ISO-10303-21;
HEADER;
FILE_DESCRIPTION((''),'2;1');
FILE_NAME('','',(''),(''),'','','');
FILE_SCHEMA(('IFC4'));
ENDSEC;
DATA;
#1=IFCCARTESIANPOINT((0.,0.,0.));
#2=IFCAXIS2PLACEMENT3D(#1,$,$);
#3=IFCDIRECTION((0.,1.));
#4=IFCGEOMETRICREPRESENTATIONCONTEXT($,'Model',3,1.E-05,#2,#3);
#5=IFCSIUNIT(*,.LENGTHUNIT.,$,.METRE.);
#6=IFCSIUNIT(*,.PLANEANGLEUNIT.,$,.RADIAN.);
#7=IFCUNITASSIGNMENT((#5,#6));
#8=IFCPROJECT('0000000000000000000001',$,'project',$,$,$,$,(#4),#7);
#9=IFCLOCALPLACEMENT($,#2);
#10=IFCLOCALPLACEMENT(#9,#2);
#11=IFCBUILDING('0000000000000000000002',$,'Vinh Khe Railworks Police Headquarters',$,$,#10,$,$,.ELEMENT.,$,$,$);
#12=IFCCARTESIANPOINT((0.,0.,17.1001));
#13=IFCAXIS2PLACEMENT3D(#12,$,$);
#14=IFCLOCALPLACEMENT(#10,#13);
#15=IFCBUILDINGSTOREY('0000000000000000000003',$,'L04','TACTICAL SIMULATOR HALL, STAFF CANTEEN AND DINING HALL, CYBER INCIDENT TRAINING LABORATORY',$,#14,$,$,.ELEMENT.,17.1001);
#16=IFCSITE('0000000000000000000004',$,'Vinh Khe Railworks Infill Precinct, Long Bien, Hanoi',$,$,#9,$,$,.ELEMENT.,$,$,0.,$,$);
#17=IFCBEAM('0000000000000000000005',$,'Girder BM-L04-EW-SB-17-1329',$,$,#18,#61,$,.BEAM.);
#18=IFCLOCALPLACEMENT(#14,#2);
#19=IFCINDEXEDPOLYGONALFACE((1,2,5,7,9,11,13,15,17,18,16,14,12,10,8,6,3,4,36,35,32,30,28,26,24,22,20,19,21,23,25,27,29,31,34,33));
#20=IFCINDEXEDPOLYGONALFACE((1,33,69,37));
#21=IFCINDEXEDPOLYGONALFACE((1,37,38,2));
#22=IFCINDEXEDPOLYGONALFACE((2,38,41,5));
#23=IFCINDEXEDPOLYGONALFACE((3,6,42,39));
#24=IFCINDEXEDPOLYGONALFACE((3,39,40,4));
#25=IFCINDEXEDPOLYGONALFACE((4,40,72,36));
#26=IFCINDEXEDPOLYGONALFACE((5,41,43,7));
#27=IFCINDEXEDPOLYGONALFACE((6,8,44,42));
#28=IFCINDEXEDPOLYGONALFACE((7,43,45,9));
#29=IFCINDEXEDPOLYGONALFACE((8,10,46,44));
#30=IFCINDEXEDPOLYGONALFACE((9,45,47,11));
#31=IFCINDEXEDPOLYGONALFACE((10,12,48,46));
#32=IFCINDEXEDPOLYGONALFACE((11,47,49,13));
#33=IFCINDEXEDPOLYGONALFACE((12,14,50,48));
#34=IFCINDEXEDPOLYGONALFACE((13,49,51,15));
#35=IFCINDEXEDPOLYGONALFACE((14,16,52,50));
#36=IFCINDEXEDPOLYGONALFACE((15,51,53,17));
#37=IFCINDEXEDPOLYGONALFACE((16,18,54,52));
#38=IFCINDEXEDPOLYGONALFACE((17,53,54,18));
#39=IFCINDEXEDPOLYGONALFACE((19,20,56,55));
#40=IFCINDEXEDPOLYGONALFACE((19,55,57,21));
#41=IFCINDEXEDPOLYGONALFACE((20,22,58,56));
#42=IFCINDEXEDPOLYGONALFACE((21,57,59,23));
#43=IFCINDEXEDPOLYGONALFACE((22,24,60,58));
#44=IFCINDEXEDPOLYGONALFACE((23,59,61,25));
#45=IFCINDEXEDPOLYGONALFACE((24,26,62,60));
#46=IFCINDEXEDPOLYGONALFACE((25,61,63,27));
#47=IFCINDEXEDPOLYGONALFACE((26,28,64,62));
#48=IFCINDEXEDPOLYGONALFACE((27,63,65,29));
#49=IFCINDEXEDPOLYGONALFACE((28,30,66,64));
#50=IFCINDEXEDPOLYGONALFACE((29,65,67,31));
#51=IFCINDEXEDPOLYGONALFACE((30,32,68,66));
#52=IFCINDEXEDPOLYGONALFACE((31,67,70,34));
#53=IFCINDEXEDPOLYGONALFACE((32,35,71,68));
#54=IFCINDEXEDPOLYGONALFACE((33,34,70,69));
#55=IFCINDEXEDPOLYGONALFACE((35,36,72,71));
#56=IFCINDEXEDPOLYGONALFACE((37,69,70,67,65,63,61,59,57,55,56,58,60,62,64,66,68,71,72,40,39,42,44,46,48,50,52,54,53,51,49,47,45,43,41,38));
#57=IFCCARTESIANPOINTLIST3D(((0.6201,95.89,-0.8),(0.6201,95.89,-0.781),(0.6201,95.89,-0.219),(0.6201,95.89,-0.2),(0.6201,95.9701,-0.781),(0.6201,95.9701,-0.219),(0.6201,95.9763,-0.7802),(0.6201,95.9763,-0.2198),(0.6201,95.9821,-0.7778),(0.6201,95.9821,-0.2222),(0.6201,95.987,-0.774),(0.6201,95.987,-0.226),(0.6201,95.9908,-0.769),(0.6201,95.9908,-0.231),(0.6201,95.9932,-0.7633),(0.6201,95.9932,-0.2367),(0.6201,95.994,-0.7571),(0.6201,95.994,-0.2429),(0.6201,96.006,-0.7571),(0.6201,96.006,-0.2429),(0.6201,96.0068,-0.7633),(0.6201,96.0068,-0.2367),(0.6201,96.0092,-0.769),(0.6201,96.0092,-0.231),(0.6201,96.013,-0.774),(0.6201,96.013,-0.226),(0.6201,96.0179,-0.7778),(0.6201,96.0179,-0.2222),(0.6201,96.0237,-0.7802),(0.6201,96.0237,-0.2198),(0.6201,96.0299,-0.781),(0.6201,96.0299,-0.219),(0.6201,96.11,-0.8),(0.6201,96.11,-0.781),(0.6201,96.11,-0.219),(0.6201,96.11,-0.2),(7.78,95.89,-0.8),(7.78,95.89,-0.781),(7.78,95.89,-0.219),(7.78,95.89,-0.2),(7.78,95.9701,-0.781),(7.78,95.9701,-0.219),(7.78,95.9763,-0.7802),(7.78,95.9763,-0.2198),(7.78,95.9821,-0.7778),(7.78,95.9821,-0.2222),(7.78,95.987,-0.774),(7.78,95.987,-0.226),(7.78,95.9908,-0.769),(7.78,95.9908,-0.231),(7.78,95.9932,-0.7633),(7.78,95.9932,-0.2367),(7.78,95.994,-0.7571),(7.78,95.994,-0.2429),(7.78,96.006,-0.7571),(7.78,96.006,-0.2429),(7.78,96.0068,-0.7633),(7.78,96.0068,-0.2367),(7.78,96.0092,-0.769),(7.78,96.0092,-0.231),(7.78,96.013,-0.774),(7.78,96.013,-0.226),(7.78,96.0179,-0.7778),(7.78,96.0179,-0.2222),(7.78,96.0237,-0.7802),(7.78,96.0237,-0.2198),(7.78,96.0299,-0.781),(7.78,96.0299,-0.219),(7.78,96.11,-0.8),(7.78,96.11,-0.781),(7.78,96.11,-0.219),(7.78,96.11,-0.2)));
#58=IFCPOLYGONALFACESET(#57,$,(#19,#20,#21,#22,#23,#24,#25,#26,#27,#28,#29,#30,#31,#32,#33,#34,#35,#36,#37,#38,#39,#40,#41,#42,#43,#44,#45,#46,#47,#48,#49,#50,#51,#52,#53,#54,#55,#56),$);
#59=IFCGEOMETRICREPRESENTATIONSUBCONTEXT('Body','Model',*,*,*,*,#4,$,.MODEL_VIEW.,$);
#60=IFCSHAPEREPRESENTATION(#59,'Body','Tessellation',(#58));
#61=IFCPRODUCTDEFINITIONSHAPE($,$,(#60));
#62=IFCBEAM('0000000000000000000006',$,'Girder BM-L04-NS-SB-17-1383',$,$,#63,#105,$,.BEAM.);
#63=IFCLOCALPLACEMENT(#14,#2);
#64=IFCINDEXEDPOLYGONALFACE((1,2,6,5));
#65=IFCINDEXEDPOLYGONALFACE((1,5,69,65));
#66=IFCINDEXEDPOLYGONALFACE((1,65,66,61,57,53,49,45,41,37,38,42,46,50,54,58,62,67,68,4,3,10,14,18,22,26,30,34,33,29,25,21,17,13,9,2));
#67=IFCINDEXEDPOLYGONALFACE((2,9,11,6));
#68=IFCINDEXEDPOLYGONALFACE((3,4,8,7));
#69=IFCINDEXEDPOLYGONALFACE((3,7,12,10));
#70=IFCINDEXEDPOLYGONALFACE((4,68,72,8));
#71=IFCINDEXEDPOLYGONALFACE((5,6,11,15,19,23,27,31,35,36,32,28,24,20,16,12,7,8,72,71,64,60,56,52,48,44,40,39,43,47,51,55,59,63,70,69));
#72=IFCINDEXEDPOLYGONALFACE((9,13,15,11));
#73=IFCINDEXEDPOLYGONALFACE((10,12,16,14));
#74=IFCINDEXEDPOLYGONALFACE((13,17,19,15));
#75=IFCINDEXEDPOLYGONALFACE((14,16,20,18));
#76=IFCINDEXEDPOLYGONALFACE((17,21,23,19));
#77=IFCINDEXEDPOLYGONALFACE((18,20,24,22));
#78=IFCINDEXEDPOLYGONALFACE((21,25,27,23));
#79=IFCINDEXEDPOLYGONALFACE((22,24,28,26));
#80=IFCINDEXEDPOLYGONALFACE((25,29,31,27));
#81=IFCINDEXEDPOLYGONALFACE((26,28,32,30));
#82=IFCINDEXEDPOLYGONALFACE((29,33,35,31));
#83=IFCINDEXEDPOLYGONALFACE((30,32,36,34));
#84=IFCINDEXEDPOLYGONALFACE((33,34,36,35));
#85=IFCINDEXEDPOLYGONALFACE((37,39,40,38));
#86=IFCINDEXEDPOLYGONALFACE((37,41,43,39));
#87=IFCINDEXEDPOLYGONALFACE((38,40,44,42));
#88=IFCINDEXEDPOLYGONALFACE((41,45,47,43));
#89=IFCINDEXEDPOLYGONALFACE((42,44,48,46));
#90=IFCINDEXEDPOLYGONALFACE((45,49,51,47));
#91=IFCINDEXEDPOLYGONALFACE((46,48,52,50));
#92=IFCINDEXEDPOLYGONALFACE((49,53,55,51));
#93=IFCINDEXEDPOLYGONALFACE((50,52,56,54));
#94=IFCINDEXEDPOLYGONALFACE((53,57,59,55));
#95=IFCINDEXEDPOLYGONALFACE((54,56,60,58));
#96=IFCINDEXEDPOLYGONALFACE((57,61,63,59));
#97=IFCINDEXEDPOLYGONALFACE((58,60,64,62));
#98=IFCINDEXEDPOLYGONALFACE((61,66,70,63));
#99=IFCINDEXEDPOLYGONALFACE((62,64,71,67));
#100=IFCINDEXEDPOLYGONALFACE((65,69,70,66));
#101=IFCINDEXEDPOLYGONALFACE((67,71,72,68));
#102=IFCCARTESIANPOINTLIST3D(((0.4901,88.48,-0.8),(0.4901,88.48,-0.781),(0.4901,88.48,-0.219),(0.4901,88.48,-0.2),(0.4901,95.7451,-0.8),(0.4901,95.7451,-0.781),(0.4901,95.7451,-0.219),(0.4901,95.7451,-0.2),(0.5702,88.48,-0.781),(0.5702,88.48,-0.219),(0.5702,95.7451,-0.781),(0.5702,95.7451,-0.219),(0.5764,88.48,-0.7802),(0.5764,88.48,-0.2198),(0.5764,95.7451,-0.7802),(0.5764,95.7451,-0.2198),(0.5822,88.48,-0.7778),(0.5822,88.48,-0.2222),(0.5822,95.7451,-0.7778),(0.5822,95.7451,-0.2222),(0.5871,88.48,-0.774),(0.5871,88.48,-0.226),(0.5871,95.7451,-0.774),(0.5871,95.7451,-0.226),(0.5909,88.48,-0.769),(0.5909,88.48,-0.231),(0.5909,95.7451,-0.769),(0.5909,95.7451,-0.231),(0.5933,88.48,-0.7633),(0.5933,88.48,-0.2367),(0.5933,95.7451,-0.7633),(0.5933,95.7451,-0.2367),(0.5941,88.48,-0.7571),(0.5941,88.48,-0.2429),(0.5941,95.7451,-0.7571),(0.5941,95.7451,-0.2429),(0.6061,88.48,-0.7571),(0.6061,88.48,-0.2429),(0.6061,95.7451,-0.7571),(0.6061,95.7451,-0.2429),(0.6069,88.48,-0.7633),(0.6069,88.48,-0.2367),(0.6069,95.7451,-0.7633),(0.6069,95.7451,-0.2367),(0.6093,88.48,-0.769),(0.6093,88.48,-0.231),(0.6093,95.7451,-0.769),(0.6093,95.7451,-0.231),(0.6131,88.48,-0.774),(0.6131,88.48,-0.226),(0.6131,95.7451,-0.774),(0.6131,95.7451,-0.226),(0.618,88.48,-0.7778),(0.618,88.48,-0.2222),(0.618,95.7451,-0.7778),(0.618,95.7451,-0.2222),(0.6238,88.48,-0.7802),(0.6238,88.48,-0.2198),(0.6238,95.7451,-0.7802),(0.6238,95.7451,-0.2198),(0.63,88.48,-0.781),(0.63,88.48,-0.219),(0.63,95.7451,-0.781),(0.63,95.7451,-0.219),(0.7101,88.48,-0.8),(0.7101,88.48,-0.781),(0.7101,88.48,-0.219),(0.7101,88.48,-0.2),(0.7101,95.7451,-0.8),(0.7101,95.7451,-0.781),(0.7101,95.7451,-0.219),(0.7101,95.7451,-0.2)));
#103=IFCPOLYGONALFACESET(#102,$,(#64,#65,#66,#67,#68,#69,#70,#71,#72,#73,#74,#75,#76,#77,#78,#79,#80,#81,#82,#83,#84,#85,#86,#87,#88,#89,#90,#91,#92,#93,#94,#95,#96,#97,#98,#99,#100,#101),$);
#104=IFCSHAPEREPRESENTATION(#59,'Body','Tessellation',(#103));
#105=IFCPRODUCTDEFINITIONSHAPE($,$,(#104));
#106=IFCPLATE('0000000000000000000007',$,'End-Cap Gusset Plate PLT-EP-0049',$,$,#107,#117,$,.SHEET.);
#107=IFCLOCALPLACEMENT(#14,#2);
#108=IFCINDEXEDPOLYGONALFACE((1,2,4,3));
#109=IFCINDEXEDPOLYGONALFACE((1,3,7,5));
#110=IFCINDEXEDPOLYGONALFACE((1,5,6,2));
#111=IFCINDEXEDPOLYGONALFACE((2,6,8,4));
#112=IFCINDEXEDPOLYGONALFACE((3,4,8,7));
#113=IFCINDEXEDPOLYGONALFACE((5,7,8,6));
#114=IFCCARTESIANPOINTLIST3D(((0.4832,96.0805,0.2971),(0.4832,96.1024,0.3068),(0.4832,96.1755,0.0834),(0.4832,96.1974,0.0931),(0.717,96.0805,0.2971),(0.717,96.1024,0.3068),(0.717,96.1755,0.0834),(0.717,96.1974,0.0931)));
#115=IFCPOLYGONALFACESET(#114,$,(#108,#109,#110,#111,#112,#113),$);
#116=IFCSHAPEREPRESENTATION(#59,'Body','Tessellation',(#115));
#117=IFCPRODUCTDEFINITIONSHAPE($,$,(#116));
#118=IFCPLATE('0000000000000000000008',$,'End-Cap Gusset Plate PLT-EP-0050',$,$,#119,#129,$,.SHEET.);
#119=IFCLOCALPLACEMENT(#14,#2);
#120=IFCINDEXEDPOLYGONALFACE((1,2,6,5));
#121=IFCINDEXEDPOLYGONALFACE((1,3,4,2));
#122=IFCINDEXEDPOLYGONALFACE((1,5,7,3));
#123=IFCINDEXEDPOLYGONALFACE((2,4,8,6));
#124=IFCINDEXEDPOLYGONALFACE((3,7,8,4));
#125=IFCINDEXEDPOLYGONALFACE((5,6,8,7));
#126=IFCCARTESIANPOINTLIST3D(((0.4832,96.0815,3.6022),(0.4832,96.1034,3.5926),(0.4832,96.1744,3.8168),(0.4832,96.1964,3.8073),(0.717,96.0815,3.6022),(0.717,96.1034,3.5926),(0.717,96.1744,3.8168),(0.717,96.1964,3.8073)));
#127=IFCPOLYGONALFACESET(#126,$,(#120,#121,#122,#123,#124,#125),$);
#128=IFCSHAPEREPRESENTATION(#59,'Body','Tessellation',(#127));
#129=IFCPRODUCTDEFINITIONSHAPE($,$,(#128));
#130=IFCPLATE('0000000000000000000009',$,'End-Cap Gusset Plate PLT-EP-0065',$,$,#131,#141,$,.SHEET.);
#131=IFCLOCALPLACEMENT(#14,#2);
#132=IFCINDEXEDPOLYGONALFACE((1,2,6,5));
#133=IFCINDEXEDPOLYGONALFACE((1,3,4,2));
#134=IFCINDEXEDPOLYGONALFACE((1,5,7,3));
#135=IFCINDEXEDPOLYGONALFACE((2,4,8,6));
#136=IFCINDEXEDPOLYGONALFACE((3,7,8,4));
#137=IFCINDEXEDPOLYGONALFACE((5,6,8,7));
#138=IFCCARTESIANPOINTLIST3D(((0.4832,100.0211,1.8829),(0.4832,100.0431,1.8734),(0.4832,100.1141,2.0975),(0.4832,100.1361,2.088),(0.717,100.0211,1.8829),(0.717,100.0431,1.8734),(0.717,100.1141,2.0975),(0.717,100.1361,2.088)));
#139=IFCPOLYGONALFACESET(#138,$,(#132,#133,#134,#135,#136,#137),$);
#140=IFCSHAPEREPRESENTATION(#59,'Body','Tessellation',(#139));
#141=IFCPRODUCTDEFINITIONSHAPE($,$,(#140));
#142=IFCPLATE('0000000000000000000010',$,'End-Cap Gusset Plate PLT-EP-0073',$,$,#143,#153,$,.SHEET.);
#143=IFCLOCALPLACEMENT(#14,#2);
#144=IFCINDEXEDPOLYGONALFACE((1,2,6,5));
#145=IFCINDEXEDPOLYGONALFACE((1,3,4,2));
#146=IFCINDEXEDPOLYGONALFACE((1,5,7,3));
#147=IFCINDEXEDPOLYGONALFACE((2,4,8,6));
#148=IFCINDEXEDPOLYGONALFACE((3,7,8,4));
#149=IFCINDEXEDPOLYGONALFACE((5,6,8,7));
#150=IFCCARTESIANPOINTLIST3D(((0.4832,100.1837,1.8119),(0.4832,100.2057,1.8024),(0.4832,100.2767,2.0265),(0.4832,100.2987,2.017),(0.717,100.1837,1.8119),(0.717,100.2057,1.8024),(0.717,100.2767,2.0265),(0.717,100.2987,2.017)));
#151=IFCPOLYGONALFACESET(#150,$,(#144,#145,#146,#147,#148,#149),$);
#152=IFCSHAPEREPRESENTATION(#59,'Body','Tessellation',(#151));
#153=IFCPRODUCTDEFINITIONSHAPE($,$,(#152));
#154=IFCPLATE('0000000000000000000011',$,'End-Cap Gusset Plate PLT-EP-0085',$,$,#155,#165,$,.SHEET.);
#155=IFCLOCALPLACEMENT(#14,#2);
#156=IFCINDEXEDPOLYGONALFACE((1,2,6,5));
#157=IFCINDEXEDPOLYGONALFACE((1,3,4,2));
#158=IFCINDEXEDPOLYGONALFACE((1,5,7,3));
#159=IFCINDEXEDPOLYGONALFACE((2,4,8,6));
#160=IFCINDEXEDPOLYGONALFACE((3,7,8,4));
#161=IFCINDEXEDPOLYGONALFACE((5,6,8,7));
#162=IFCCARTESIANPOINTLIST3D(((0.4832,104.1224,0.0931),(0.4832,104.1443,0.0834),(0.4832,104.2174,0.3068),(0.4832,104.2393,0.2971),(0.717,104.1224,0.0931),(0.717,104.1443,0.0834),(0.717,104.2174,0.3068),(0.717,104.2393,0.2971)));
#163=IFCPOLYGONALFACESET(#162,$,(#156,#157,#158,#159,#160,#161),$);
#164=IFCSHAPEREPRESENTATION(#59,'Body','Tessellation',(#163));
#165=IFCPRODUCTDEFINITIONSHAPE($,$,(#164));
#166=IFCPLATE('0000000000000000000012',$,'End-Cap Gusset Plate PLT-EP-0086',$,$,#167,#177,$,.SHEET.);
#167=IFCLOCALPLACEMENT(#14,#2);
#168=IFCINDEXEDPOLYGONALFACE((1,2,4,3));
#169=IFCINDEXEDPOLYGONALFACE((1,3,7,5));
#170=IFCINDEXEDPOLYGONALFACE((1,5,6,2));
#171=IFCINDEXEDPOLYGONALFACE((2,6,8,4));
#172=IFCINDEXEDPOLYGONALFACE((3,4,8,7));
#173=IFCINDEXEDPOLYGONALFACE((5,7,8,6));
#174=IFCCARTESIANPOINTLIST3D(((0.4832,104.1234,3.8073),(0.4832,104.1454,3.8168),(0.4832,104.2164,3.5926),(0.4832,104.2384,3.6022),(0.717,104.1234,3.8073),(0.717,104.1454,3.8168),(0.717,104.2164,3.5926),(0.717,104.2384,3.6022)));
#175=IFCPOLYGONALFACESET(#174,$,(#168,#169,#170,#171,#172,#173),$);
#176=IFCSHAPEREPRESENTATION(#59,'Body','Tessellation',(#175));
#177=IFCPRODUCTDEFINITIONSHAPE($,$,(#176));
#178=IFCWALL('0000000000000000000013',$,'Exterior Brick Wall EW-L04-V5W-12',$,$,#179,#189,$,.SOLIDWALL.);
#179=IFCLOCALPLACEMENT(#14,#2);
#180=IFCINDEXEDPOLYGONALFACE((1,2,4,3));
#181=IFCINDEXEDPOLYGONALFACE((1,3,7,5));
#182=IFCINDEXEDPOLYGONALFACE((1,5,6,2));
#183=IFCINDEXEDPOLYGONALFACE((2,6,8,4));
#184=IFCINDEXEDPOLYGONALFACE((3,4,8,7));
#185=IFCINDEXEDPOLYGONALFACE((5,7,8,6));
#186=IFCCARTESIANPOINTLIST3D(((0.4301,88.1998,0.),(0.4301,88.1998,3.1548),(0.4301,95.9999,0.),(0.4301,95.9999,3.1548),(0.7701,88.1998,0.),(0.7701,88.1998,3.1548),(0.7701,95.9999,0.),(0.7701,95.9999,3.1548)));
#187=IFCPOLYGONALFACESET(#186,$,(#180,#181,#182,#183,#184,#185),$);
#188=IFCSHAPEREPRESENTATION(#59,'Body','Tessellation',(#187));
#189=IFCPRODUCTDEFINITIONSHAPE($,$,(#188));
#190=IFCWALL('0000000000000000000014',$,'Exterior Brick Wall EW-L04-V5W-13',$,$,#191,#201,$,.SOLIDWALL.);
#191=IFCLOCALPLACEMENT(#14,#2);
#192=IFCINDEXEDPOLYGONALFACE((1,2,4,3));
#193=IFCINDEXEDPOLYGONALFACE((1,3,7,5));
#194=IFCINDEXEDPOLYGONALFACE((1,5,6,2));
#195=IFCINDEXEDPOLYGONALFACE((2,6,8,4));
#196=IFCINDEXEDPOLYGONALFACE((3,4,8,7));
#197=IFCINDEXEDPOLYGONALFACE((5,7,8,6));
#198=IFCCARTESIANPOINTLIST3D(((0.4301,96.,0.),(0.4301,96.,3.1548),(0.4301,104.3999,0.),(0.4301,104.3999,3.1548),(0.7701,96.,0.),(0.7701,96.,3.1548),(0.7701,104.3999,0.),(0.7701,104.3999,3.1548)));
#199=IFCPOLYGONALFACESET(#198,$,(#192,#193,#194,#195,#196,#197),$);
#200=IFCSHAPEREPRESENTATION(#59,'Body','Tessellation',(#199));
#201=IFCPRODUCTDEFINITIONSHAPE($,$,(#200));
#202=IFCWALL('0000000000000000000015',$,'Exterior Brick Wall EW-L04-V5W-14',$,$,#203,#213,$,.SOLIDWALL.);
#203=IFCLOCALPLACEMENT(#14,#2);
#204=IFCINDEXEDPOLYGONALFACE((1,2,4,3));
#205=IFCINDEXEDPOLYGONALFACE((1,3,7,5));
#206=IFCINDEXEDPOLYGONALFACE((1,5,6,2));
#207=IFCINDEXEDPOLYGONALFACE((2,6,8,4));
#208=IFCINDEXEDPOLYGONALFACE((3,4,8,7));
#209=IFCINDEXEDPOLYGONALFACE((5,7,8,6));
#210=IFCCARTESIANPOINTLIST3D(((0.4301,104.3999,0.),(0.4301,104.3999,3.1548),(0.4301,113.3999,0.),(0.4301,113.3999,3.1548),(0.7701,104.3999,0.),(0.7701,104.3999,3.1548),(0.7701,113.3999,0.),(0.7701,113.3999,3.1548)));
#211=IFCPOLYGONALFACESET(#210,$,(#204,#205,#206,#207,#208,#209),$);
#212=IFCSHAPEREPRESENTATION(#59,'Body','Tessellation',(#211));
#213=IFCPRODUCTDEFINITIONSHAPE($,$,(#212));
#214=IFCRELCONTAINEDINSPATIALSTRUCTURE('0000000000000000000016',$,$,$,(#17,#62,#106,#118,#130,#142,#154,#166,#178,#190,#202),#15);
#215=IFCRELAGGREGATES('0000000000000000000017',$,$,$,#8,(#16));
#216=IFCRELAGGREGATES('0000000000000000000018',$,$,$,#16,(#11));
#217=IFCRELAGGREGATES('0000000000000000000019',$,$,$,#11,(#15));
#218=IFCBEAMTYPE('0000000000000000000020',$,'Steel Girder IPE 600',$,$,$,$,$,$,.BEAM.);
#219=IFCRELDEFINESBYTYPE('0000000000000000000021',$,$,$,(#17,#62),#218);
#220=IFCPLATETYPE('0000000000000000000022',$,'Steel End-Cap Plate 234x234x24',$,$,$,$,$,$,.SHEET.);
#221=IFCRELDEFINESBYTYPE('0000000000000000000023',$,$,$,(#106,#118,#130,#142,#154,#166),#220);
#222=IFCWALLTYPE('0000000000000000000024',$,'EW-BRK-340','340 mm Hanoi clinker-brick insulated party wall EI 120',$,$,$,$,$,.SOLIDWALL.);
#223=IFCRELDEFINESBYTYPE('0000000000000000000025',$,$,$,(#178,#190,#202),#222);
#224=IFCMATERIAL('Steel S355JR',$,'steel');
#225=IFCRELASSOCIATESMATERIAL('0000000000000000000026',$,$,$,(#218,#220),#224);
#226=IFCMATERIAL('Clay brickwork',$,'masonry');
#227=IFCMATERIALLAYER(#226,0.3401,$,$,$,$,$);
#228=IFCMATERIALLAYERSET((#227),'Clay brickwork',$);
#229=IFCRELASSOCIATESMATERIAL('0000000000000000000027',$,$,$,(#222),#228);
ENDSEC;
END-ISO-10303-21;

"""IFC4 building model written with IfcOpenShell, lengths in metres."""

from ifc_helpers import new_model, si_unit, direction, frame, frame_2d, origin, origin_2d, place, context, subcontext, project, spatial, rectangle, i_section, extrude, material, layer, layer_set, material_profile, profile_set, type_object, element, save


model = new_model("IFC4")

# Units and contexts
model_context = context("Model", 3, precision=1e-05, world=origin(), true_north=direction((0.0, 1.0)))
body_context = subcontext(model_context, "Body", "Model", "MODEL_VIEW")
ifc_project = project(units=[si_unit("LENGTHUNIT", "METRE"), si_unit("PLANEANGLEUNIT", "RADIAN")], contexts=[model_context])

# Site, building, storey
site_placement = place(None, origin())
site = spatial("IfcSite", under=ifc_project, at=site_placement, Name="Vinh Khe Railworks Infill Precinct, Long Bien, Hanoi", CompositionType="ELEMENT", RefElevation=0.0)
building_placement = place(site_placement, origin())
building = spatial("IfcBuilding", under=site, at=building_placement, Name="Vinh Khe Railworks Police Headquarters", CompositionType="ELEMENT")
storey_placement = place(building_placement, frame((0.0, 0.0, 17.1001)))
storey = spatial("IfcBuildingStorey", under=building, at=storey_placement, Name="L04", Description="TACTICAL SIMULATOR HALL, STAFF CANTEEN AND DINING HALL, CYBER INCIDENT TRAINING LABORATORY", CompositionType="ELEMENT", Elevation=17.1001)

# Shared definitions
ifc_material_1 = material(Name="Steel S355JR", Category="steel")

# Beams
ifc_material_profile_1 = material_profile(ifc_material_1, i_section(OverallWidth=0.22, OverallDepth=0.6001, WebThickness=0.012, FlangeThickness=0.019, FilletRadius=0.0239, at=origin_2d()), Name="IPE 600")
ifc_profile_set_1 = profile_set([ifc_material_profile_1], Name="Steel S355JR")
beam_type_1 = type_object("IfcBeamType", Name="Steel Girder IPE 600", PredefinedType="BEAM", material=ifc_profile_set_1)
beam_1_placement = place(storey_placement, frame((0.6201, 96.0, -0.5), z_axis=(1.0, 0.0, 0.0), x_axis=(0.0, 1.0, 0.0)))
element("IfcBeam", 1, at=beam_1_placement, inside=storey, type_object=beam_type_1, Name="Girder BM-L04-EW-SB-17-1329", PredefinedType="BEAM", context=body_context, shape_type="SweptSolid", body=[
    extrude(i_section(OverallWidth=0.22, OverallDepth=0.6001, WebThickness=0.012, FlangeThickness=0.019, FilletRadius=0.0239, at=origin_2d()), origin(), (0.0, 0.0, 1.0), 7.1599),
])
beam_2_placement = place(storey_placement, frame((0.6001, 88.48, -0.5), z_axis=(0.0, 1.0, 0.0), x_axis=(-1.0, 0.0, 0.0)))
element("IfcBeam", 2, at=beam_2_placement, inside=storey, type_object=beam_type_1, Name="Girder BM-L04-NS-SB-17-1383", PredefinedType="BEAM", context=body_context, shape_type="SweptSolid", body=[
    extrude(i_section(OverallWidth=0.22, OverallDepth=0.6001, WebThickness=0.012, FlangeThickness=0.019, FilletRadius=0.0239, at=origin_2d()), origin(), (0.0, 0.0, 1.0), 7.2651),
])

# Plates
ifc_material_profile_2 = material_profile(ifc_material_1, rectangle(XDim=0.2339, YDim=0.2339, at=origin_2d()), Name="PL 234x234")
ifc_profile_set_2 = profile_set([ifc_material_profile_2], Name="Steel S355JR")
plate_type = type_object("IfcPlateType", Name="Steel End-Cap Plate 234x234x24", PredefinedType="SHEET", material=ifc_profile_set_2)
for number, where, z_axis, x_axis, name in (
    (3, (0.6001, 96.1499, 0.2), (0.0, -0.913812, -0.406138), (1.0, 0.0, 0.0), "End-Cap Gusset Plate PLT-EP-0049"),
    (4, (0.6001, 96.1499, 3.7), (0.0, -0.917556, 0.397607), (1.0, 0.0, 0.0), "End-Cap Gusset Plate PLT-EP-0050"),
    (5, (0.6001, 100.0676, 1.9902), (0.0, 0.917556, -0.397607), (-1.0, 0.0, 0.0), "End-Cap Gusset Plate PLT-EP-0065"),
    (6, (0.6001, 100.2522, 1.9097), (0.0, -0.917556, 0.397607), (1.0, 0.0, 0.0), "End-Cap Gusset Plate PLT-EP-0073"),
    (7, (0.6001, 104.1699, 0.2), (0.0, 0.913812, -0.406138), (-1.0, 0.0, 0.0), "End-Cap Gusset Plate PLT-EP-0085"),
    (8, (0.6001, 104.1699, 3.7), (0.0, 0.917556, 0.397607), (-1.0, 0.0, 0.0), "End-Cap Gusset Plate PLT-EP-0086"),
):
    element("IfcPlate", number, at=place(storey_placement, frame(where, z_axis=z_axis, x_axis=x_axis)), inside=storey, type_object=plate_type, Name=name, PredefinedType="SHEET", context=body_context, shape_type="SweptSolid", body=[
        extrude(rectangle(XDim=0.2339, YDim=0.2339, at=origin_2d()), origin(), (0.0, 0.0, 1.0), 0.0239),
    ])

# Walls
ifc_material_2 = material(Name="Clay brickwork", Category="masonry")
ifc_layer_1 = layer(ifc_material_2, 0.3401)
ifc_layer_set_1 = layer_set([ifc_layer_1], Name="Clay brickwork")
wall_type_1 = type_object("IfcWallType", Name="EW-BRK-340", Description="340 mm Hanoi clinker-brick insulated party wall EI 120", PredefinedType="SOLIDWALL", material=ifc_layer_set_1)
wall_1_placement = place(storey_placement, frame((0.6001, 88.2, 0.0), z_axis=(0.0, 0.0, 1.0), x_axis=(0.0, 1.0, 0.0)))
element("IfcWall", 9, at=wall_1_placement, inside=storey, type_object=wall_type_1, Name="Exterior Brick Wall EW-L04-V5W-12", PredefinedType="SOLIDWALL", context=body_context, shape_type="SweptSolid", body=[
    extrude(rectangle(XDim=7.8, YDim=0.3401, at=frame_2d((3.8999, 0.0))), origin(), (0.0, 0.0, 1.0), 3.1548),
])
wall_2_placement = place(storey_placement, frame((0.6001, 96.0, 0.0), z_axis=(0.0, 0.0, 1.0), x_axis=(0.0, 1.0, 0.0)))
element("IfcWall", 10, at=wall_2_placement, inside=storey, type_object=wall_type_1, Name="Exterior Brick Wall EW-L04-V5W-13", PredefinedType="SOLIDWALL", context=body_context, shape_type="SweptSolid", body=[
    extrude(rectangle(XDim=8.3999, YDim=0.3401, at=frame_2d((4.2, 0.0))), origin(), (0.0, 0.0, 1.0), 3.1548),
])
wall_3_placement = place(storey_placement, frame((0.6001, 104.3999, 0.0), z_axis=(0.0, 0.0, 1.0), x_axis=(0.0, 1.0, 0.0)))
element("IfcWall", 11, at=wall_3_placement, inside=storey, type_object=wall_type_1, Name="Exterior Brick Wall EW-L04-V5W-14", PredefinedType="SOLIDWALL", context=body_context, shape_type="SweptSolid", body=[
    extrude(rectangle(XDim=9.0, YDim=0.3401, at=frame_2d((4.5, 0.0))), origin(), (0.0, 0.0, 1.0), 3.1548),
])

save(model, "model.ifc")
